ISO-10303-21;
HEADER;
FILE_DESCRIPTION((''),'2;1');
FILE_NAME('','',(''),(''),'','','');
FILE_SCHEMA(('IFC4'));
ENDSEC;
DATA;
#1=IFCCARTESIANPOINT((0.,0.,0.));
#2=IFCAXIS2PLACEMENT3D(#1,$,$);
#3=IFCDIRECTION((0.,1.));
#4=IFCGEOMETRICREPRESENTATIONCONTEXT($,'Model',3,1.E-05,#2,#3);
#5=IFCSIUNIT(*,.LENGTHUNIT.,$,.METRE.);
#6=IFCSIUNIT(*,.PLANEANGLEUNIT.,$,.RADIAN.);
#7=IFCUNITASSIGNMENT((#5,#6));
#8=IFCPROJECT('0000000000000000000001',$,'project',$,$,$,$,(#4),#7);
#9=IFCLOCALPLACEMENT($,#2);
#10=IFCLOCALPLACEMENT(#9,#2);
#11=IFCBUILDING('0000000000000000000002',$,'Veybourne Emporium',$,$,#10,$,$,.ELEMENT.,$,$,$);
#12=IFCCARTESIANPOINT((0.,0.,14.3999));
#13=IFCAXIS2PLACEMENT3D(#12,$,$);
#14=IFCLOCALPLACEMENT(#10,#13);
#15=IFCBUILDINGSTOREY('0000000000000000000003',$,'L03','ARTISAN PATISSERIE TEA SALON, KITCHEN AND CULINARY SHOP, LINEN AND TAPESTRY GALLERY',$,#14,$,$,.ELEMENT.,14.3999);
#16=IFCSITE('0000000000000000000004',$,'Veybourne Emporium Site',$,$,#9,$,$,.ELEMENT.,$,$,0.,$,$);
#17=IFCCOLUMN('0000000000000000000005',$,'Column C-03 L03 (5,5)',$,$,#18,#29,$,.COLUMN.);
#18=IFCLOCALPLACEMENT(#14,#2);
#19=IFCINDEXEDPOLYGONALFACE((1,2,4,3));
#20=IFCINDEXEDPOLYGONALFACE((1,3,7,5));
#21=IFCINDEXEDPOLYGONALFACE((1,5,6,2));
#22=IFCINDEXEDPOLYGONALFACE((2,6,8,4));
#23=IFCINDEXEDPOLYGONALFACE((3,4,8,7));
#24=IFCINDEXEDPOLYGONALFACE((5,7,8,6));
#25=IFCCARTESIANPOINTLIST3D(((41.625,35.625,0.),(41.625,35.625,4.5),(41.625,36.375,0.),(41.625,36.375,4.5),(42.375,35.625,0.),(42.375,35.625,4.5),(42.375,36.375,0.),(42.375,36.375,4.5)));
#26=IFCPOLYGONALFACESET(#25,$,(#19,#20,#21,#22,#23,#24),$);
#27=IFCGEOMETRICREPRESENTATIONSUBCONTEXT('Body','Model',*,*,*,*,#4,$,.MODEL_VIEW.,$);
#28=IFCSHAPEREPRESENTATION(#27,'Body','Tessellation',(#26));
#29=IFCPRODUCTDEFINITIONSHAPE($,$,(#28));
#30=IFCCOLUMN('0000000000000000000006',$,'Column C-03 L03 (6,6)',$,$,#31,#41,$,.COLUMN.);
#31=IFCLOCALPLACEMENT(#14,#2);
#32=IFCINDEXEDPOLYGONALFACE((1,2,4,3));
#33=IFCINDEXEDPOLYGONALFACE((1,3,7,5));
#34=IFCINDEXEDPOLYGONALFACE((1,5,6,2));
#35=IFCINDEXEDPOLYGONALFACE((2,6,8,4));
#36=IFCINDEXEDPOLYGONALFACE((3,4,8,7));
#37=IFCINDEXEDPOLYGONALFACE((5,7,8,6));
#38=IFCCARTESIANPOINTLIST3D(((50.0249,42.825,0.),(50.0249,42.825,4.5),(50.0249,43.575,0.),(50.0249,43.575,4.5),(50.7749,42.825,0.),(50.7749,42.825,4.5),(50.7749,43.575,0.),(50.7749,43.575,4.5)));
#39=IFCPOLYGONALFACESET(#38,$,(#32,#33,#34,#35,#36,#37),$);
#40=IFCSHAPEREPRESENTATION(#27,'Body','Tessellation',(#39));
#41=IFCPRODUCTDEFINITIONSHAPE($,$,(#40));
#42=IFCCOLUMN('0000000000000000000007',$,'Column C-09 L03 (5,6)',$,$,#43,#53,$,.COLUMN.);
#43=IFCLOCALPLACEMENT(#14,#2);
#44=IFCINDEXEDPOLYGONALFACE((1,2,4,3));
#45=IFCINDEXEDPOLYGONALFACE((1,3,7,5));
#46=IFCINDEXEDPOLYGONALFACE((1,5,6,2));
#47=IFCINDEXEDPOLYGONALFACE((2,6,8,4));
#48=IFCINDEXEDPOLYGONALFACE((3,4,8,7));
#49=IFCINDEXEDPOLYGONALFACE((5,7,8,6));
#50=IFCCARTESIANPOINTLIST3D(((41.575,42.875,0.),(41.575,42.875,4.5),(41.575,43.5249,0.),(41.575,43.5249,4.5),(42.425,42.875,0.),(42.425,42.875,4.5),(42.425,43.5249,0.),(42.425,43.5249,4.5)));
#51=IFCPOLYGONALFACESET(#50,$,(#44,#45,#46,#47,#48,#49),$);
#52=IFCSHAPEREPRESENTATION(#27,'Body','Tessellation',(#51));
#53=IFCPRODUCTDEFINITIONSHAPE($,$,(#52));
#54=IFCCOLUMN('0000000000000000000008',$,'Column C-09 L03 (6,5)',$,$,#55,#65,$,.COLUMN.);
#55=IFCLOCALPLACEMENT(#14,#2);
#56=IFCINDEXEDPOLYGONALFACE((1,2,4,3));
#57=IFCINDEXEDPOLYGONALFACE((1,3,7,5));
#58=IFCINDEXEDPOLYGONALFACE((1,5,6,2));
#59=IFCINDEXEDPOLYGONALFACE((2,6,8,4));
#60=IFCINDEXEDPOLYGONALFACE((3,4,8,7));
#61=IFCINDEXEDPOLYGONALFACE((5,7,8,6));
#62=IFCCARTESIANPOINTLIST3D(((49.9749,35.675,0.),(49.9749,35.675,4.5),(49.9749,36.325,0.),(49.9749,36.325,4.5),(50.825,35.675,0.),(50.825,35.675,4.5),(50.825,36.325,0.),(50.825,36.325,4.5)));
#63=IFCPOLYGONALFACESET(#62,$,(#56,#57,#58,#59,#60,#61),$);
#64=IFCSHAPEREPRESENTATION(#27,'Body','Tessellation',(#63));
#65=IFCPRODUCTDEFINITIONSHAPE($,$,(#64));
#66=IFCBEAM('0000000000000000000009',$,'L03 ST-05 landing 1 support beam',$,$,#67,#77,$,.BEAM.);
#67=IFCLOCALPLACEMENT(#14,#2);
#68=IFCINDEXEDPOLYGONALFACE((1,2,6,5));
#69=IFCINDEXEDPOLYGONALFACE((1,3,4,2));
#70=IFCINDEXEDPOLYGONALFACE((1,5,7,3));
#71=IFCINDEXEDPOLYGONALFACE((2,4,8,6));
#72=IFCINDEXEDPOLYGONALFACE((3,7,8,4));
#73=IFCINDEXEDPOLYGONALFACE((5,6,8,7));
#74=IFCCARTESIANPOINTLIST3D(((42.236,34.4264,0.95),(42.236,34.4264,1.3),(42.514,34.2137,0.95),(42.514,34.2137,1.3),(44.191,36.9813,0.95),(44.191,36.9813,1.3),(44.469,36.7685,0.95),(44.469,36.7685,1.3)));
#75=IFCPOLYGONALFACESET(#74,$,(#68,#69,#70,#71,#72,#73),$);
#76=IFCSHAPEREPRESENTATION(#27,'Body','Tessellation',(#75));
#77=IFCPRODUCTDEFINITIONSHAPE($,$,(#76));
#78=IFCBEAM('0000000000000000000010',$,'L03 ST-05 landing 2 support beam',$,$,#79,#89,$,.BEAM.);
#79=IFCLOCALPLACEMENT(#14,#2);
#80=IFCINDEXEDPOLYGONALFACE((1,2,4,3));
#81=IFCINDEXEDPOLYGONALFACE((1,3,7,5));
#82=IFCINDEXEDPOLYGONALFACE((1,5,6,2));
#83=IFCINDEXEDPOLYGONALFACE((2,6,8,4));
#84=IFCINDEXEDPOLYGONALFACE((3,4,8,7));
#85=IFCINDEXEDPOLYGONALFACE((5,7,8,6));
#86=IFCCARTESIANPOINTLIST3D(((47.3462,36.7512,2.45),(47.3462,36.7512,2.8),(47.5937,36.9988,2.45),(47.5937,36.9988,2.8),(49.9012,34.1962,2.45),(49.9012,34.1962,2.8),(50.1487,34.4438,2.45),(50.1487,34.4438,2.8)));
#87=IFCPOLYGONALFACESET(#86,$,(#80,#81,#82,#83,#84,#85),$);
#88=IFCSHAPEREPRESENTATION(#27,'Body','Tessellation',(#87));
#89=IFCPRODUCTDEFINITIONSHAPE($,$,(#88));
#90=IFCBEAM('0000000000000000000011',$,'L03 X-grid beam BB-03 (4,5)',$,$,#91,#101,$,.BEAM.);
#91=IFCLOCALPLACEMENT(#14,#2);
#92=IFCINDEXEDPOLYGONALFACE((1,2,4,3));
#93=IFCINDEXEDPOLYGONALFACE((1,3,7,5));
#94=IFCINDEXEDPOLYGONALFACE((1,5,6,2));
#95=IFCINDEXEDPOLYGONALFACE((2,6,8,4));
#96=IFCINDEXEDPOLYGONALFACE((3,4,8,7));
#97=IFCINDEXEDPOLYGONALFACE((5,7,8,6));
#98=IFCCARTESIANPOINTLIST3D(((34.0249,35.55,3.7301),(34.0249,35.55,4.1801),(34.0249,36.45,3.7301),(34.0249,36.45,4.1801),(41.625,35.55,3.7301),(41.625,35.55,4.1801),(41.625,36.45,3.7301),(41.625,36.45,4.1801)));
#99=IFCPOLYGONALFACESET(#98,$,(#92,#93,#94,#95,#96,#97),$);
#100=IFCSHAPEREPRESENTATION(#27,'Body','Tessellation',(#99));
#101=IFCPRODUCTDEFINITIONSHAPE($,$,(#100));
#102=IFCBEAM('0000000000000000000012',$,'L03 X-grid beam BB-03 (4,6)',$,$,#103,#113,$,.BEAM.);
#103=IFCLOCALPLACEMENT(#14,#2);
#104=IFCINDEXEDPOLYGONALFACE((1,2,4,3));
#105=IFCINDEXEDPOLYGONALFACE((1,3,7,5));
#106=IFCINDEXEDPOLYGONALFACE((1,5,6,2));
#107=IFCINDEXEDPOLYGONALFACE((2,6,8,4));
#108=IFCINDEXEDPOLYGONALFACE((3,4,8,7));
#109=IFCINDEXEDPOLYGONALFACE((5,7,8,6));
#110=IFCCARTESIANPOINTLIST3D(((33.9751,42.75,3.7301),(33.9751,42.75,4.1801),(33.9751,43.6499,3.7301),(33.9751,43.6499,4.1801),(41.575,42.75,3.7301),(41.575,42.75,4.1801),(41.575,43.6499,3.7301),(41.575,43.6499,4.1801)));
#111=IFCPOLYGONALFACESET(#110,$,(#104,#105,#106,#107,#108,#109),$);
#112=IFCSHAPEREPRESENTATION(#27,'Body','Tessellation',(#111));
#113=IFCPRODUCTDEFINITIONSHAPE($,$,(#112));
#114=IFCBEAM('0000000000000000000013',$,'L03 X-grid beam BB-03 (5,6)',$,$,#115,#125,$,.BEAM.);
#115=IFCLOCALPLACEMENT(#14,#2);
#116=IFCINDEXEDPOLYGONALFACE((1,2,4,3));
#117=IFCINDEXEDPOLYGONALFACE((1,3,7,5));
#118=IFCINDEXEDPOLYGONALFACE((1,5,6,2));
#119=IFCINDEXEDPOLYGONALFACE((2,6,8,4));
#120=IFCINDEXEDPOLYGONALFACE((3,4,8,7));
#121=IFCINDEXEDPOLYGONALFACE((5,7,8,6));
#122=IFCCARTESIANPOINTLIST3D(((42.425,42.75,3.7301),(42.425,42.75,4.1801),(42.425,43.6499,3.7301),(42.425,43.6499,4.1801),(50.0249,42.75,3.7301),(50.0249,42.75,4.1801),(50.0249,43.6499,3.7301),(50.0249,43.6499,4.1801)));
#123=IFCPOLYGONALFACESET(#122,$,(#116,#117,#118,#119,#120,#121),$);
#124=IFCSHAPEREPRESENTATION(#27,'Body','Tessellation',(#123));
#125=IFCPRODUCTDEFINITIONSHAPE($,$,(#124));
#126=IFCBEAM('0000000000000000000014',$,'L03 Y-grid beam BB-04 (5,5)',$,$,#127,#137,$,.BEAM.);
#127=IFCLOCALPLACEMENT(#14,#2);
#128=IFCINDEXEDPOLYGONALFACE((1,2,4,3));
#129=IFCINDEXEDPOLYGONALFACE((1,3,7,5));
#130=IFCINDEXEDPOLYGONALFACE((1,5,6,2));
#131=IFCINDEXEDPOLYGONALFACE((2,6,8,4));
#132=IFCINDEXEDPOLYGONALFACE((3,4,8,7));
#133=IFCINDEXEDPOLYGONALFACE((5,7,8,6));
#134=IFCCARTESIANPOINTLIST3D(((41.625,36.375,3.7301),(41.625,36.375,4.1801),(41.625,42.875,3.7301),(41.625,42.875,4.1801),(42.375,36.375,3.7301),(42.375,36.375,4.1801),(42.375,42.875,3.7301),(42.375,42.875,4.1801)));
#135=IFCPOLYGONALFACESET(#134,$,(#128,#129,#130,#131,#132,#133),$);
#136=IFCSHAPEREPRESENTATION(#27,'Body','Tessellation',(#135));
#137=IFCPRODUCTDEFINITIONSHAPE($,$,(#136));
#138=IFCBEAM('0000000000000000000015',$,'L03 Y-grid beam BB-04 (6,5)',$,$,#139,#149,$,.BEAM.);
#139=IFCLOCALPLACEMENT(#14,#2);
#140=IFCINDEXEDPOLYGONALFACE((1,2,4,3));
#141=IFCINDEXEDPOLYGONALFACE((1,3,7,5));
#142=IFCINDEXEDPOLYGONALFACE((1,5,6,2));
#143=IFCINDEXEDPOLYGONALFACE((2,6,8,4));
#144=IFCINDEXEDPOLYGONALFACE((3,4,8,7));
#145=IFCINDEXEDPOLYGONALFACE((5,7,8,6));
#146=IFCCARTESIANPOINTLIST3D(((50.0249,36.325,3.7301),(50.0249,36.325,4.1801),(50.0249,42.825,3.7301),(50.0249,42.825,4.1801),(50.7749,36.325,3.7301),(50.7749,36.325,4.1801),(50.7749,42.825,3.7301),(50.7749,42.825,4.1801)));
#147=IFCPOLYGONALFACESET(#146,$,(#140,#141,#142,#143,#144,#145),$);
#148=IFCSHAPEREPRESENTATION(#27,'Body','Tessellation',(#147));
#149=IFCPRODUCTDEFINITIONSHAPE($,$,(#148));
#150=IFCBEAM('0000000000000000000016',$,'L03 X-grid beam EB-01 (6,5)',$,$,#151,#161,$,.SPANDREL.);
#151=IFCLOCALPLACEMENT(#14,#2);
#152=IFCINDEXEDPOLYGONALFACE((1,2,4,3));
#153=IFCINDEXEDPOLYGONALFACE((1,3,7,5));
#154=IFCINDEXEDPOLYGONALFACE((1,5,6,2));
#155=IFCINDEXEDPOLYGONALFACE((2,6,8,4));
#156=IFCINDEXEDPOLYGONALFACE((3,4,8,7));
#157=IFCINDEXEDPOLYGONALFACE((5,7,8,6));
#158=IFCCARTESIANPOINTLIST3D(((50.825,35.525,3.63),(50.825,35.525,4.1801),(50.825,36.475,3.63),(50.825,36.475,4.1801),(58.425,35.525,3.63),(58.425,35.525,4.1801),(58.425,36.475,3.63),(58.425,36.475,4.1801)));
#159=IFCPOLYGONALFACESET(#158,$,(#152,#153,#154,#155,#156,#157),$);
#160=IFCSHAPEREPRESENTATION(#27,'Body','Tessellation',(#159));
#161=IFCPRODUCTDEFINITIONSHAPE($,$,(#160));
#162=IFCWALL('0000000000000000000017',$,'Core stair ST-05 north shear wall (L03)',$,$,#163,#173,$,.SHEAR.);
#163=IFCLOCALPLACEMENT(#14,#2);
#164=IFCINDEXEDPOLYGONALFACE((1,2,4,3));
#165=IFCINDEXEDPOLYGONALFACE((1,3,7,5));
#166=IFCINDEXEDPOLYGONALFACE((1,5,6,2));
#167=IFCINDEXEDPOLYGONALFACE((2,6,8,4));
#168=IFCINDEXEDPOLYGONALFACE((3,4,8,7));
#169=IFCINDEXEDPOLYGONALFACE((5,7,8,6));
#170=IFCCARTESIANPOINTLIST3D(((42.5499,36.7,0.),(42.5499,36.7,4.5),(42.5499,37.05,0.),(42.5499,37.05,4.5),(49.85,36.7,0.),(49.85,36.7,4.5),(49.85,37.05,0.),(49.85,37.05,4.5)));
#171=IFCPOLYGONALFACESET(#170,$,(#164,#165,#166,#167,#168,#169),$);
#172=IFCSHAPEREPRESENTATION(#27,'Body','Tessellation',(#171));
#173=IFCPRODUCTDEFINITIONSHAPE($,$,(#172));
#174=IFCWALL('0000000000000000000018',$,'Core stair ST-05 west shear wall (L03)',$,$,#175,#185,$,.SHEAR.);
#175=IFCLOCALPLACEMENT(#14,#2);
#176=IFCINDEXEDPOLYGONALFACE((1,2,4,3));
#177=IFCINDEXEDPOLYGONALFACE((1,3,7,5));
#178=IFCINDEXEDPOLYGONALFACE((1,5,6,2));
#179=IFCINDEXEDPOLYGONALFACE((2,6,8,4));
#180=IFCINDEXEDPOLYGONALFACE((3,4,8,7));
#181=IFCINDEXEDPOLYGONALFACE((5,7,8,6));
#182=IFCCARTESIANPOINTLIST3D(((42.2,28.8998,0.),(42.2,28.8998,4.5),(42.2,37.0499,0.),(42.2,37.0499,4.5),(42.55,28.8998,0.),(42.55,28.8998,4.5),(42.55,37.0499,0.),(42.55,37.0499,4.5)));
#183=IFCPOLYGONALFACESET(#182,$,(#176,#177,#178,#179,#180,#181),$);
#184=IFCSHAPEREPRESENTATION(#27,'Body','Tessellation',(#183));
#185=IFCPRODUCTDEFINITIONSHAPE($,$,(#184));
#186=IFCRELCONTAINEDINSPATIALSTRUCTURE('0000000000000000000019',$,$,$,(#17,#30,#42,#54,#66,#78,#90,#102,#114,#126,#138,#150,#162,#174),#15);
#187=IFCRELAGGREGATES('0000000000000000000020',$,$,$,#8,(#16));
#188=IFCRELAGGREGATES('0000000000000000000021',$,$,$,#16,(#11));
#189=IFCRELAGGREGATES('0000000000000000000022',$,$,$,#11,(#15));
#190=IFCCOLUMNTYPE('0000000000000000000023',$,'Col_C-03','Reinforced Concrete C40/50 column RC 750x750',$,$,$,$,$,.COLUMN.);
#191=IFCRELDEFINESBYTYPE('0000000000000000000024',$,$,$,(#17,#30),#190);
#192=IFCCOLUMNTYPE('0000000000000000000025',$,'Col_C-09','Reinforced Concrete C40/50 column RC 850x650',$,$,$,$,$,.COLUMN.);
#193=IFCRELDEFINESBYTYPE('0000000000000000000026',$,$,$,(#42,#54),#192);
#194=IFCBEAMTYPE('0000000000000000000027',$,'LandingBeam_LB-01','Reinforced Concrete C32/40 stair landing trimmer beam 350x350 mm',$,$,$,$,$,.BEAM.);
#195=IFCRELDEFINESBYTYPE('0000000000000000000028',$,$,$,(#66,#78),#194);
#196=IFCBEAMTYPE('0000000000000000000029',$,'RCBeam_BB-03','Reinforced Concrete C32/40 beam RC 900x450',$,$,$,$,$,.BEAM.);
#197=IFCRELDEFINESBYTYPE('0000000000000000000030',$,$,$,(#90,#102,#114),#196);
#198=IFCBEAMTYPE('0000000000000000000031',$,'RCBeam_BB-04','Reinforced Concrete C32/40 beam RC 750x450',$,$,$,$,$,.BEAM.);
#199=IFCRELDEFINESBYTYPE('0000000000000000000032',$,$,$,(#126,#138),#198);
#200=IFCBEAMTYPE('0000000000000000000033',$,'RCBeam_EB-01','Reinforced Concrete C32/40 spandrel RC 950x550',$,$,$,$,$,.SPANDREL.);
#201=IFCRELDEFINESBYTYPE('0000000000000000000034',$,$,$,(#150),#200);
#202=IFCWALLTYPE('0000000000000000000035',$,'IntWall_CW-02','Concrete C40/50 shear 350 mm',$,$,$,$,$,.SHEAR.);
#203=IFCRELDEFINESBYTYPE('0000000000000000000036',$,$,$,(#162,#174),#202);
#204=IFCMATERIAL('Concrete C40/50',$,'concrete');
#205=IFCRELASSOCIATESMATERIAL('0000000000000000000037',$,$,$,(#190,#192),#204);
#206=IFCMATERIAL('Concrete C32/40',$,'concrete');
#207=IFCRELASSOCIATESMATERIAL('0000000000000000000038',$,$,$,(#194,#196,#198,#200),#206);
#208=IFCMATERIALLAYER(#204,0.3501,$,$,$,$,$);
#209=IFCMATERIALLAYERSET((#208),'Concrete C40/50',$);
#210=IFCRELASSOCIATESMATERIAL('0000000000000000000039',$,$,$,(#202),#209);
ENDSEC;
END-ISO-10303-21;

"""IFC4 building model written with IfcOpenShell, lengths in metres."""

from ifc_helpers import new_model, si_unit, direction, frame, frame_2d, origin, origin_2d, place, context, subcontext, project, spatial, rectangle, extrude, material, layer, layer_set, material_profile, profile_set, type_object, element, save


model = new_model("IFC4")

# Units and contexts
model_context = context("Model", 3, precision=1e-05, world=origin(), true_north=direction((0.0, 1.0)))
body_context = subcontext(model_context, "Body", "Model", "MODEL_VIEW")
ifc_project = project(units=[si_unit("LENGTHUNIT", "METRE"), si_unit("PLANEANGLEUNIT", "RADIAN")], contexts=[model_context])

# Site, building, storey
site_placement = place(None, origin())
site = spatial("IfcSite", under=ifc_project, at=site_placement, Name="Veybourne Emporium Site", CompositionType="ELEMENT", RefElevation=0.0)
building_placement = place(site_placement, origin())
building = spatial("IfcBuilding", under=site, at=building_placement, Name="Veybourne Emporium", CompositionType="ELEMENT")
storey_placement = place(building_placement, frame((0.0, 0.0, 14.3999)))
storey = spatial("IfcBuildingStorey", under=building, at=storey_placement, Name="L03", Description="ARTISAN PATISSERIE TEA SALON, KITCHEN AND CULINARY SHOP, LINEN AND TAPESTRY GALLERY", CompositionType="ELEMENT", Elevation=14.3999)

# Columns
ifc_material_1 = material(Name="Concrete C40/50", Category="concrete")
ifc_material_profile_1 = material_profile(ifc_material_1, rectangle(XDim=0.75, YDim=0.75, at=origin_2d()), Name="RC 750x750")
ifc_profile_set_1 = profile_set([ifc_material_profile_1], Name="Concrete C40/50")
column_type_1 = type_object("IfcColumnType", Name="Col_C-03", Description="Reinforced Concrete C40/50 column RC 750x750", PredefinedType="COLUMN", material=ifc_profile_set_1)
for number, where, z_axis, x_axis, name in (
    (1, (42.0, 36.0, 0.0), (0.0, 0.0, 1.0), (1.0, 0.0, 0.0), "Column C-03 L03 (5,5)"),
    (2, (50.3999, 43.2, 0.0), (0.0, 0.0, 1.0), (1.0, 0.0, 0.0), "Column C-03 L03 (6,6)"),
):
    element("IfcColumn", number, at=place(storey_placement, frame(where, z_axis=z_axis, x_axis=x_axis)), inside=storey, type_object=column_type_1, Name=name, PredefinedType="COLUMN", context=body_context, shape_type="SweptSolid", body=[
        extrude(rectangle(XDim=0.75, YDim=0.75, at=origin_2d()), origin(), (0.0, 0.0, 1.0), 4.5),
    ])
ifc_material_profile_2 = material_profile(ifc_material_1, rectangle(XDim=0.8501, YDim=0.6499, at=origin_2d()), Name="RC 850x650")
ifc_profile_set_2 = profile_set([ifc_material_profile_2], Name="Concrete C40/50")
column_type_2 = type_object("IfcColumnType", Name="Col_C-09", Description="Reinforced Concrete C40/50 column RC 850x650", PredefinedType="COLUMN", material=ifc_profile_set_2)
for number, where, z_axis, x_axis, name in (
    (3, (42.0, 43.2, 0.0), (0.0, 0.0, 1.0), (1.0, 0.0, 0.0), "Column C-09 L03 (5,6)"),
    (4, (50.3999, 36.0, 0.0), (0.0, 0.0, 1.0), (1.0, 0.0, 0.0), "Column C-09 L03 (6,5)"),
):
    element("IfcColumn", number, at=place(storey_placement, frame(where, z_axis=z_axis, x_axis=x_axis)), inside=storey, type_object=column_type_2, Name=name, PredefinedType="COLUMN", context=body_context, shape_type="SweptSolid", body=[
        extrude(rectangle(XDim=0.8501, YDim=0.6499, at=origin_2d()), origin(), (0.0, 0.0, 1.0), 4.5),
    ])

# Beams
ifc_material_2 = material(Name="Concrete C32/40", Category="concrete")
ifc_material_profile_3 = material_profile(ifc_material_2, rectangle(XDim=0.3501, YDim=0.3501, at=origin_2d()), Name="RC 350x350")
ifc_profile_set_3 = profile_set([ifc_material_profile_3], Name="Concrete C32/40")
beam_type_1 = type_object("IfcBeamType", Name="LandingBeam_LB-01", Description="Reinforced Concrete C32/40 stair landing trimmer beam 350x350 mm", PredefinedType="BEAM", material=ifc_profile_set_3)
beam_1_placement = place(storey_placement, frame((42.375, 34.3201, 1.125), z_axis=(0.607706, 0.794162, 0.0), x_axis=(-0.794162, 0.607706, 0.0)))
element("IfcBeam", 5, at=beam_1_placement, inside=storey, type_object=beam_type_1, Name="L03 ST-05 landing 1 support beam", PredefinedType="BEAM", context=body_context, shape_type="SweptSolid", body=[
    extrude(rectangle(XDim=0.3501, YDim=0.3501, at=origin_2d()), origin(), (0.0, 0.0, 1.0), 3.217),
])
beam_2_placement = place(storey_placement, frame((47.47, 36.875, 2.625), z_axis=(0.707107, -0.707107, 0.0), x_axis=(0.707107, 0.707107, 0.0)))
element("IfcBeam", 6, at=beam_2_placement, inside=storey, type_object=beam_type_1, Name="L03 ST-05 landing 2 support beam", PredefinedType="BEAM", context=body_context, shape_type="SweptSolid", body=[
    extrude(rectangle(XDim=0.3501, YDim=0.3501, at=origin_2d()), origin(), (0.0, 0.0, 1.0), 3.6133),
])
ifc_material_profile_4 = material_profile(ifc_material_2, rectangle(XDim=0.8999, YDim=0.45, at=origin_2d()), Name="RC 900x450")
ifc_profile_set_4 = profile_set([ifc_material_profile_4], Name="Concrete C32/40")
beam_type_2 = type_object("IfcBeamType", Name="RCBeam_BB-03", Description="Reinforced Concrete C32/40 beam RC 900x450", PredefinedType="BEAM", material=ifc_profile_set_4)
beam_3_placement = place(storey_placement, frame((34.0249, 36.0, 3.9551), z_axis=(1.0, 0.0, 0.0), x_axis=(0.0, 1.0, 0.0)))
element("IfcBeam", 7, at=beam_3_placement, inside=storey, type_object=beam_type_2, Name="L03 X-grid beam BB-03 (4,5)", PredefinedType="BEAM", context=body_context, shape_type="SweptSolid", body=[
    extrude(rectangle(XDim=0.8999, YDim=0.45, at=origin_2d()), origin(), (0.0, 0.0, 1.0), 7.6001),
])
for number, where, z_axis, x_axis, name in (
    (8, (33.9751, 43.2, 3.9551), (1.0, 0.0, 0.0), (0.0, 1.0, 0.0), "L03 X-grid beam BB-03 (4,6)"),
    (9, (42.425, 43.2, 3.9551), (1.0, 0.0, 0.0), (0.0, 1.0, 0.0), "L03 X-grid beam BB-03 (5,6)"),
):
    element("IfcBeam", number, at=place(storey_placement, frame(where, z_axis=z_axis, x_axis=x_axis)), inside=storey, type_object=beam_type_2, Name=name, PredefinedType="BEAM", context=body_context, shape_type="SweptSolid", body=[
        extrude(rectangle(XDim=0.8999, YDim=0.45, at=origin_2d()), origin(), (0.0, 0.0, 1.0), 7.5999),
    ])
ifc_material_profile_5 = material_profile(ifc_material_2, rectangle(XDim=0.75, YDim=0.45, at=origin_2d()), Name="RC 750x450")
ifc_profile_set_5 = profile_set([ifc_material_profile_5], Name="Concrete C32/40")
beam_type_3 = type_object("IfcBeamType", Name="RCBeam_BB-04", Description="Reinforced Concrete C32/40 beam RC 750x450", PredefinedType="BEAM", material=ifc_profile_set_5)
for number, where, z_axis, x_axis, name in (
    (10, (42.0, 36.375, 3.9551), (0.0, 1.0, 0.0), (-1.0, 0.0, 0.0), "L03 Y-grid beam BB-04 (5,5)"),
    (11, (50.3999, 36.325, 3.9551), (0.0, 1.0, 0.0), (-1.0, 0.0, 0.0), "L03 Y-grid beam BB-04 (6,5)"),
):
    element("IfcBeam", number, at=place(storey_placement, frame(where, z_axis=z_axis, x_axis=x_axis)), inside=storey, type_object=beam_type_3, Name=name, PredefinedType="BEAM", context=body_context, shape_type="SweptSolid", body=[
        extrude(rectangle(XDim=0.75, YDim=0.45, at=origin_2d()), origin(), (0.0, 0.0, 1.0), 6.5),
    ])
ifc_material_profile_6 = material_profile(ifc_material_2, rectangle(XDim=0.95, YDim=0.55, at=origin_2d()), Name="RC 950x550")
ifc_profile_set_6 = profile_set([ifc_material_profile_6], Name="Concrete C32/40")
beam_type_4 = type_object("IfcBeamType", Name="RCBeam_EB-01", Description="Reinforced Concrete C32/40 spandrel RC 950x550", PredefinedType="SPANDREL", material=ifc_profile_set_6)
beam_4_placement = place(storey_placement, frame((50.825, 36.0, 3.905), z_axis=(1.0, 0.0, 0.0), x_axis=(0.0, 1.0, 0.0)))
element("IfcBeam", 12, at=beam_4_placement, inside=storey, type_object=beam_type_4, Name="L03 X-grid beam EB-01 (6,5)", PredefinedType="SPANDREL", context=body_context, shape_type="SweptSolid", body=[
    extrude(rectangle(XDim=0.95, YDim=0.55, at=origin_2d()), origin(), (0.0, 0.0, 1.0), 7.6001),
])

# Walls
ifc_layer_1 = layer(ifc_material_1, 0.3501)
ifc_layer_set_1 = layer_set([ifc_layer_1], Name="Concrete C40/50")
wall_type_1 = type_object("IfcWallType", Name="IntWall_CW-02", Description="Concrete C40/50 shear 350 mm", PredefinedType="SHEAR", material=ifc_layer_set_1)
wall_1_placement = place(storey_placement, frame((42.55, 36.875, 0.0), z_axis=(0.0, 0.0, 1.0), x_axis=(1.0, 0.0, 0.0)))
element("IfcWall", 13, at=wall_1_placement, inside=storey, type_object=wall_type_1, Name="Core stair ST-05 north shear wall (L03)", PredefinedType="SHEAR", context=body_context, shape_type="SweptSolid", body=[
    extrude(rectangle(XDim=7.3, YDim=0.3501, at=frame_2d((3.6499, 0.0))), origin(), (0.0, 0.0, 1.0), 4.5),
])
wall_2_placement = place(storey_placement, frame((42.375, 37.05, 0.0), z_axis=(0.0, 0.0, 1.0), x_axis=(0.0, -1.0, 0.0)))
element("IfcWall", 14, at=wall_2_placement, inside=storey, type_object=wall_type_1, Name="Core stair ST-05 west shear wall (L03)", PredefinedType="SHEAR", context=body_context, shape_type="SweptSolid", body=[
    extrude(rectangle(XDim=8.1501, YDim=0.3501, at=frame_2d((4.0752, 0.0))), origin(), (0.0, 0.0, 1.0), 4.5),
])

save(model, "model.ifc")
